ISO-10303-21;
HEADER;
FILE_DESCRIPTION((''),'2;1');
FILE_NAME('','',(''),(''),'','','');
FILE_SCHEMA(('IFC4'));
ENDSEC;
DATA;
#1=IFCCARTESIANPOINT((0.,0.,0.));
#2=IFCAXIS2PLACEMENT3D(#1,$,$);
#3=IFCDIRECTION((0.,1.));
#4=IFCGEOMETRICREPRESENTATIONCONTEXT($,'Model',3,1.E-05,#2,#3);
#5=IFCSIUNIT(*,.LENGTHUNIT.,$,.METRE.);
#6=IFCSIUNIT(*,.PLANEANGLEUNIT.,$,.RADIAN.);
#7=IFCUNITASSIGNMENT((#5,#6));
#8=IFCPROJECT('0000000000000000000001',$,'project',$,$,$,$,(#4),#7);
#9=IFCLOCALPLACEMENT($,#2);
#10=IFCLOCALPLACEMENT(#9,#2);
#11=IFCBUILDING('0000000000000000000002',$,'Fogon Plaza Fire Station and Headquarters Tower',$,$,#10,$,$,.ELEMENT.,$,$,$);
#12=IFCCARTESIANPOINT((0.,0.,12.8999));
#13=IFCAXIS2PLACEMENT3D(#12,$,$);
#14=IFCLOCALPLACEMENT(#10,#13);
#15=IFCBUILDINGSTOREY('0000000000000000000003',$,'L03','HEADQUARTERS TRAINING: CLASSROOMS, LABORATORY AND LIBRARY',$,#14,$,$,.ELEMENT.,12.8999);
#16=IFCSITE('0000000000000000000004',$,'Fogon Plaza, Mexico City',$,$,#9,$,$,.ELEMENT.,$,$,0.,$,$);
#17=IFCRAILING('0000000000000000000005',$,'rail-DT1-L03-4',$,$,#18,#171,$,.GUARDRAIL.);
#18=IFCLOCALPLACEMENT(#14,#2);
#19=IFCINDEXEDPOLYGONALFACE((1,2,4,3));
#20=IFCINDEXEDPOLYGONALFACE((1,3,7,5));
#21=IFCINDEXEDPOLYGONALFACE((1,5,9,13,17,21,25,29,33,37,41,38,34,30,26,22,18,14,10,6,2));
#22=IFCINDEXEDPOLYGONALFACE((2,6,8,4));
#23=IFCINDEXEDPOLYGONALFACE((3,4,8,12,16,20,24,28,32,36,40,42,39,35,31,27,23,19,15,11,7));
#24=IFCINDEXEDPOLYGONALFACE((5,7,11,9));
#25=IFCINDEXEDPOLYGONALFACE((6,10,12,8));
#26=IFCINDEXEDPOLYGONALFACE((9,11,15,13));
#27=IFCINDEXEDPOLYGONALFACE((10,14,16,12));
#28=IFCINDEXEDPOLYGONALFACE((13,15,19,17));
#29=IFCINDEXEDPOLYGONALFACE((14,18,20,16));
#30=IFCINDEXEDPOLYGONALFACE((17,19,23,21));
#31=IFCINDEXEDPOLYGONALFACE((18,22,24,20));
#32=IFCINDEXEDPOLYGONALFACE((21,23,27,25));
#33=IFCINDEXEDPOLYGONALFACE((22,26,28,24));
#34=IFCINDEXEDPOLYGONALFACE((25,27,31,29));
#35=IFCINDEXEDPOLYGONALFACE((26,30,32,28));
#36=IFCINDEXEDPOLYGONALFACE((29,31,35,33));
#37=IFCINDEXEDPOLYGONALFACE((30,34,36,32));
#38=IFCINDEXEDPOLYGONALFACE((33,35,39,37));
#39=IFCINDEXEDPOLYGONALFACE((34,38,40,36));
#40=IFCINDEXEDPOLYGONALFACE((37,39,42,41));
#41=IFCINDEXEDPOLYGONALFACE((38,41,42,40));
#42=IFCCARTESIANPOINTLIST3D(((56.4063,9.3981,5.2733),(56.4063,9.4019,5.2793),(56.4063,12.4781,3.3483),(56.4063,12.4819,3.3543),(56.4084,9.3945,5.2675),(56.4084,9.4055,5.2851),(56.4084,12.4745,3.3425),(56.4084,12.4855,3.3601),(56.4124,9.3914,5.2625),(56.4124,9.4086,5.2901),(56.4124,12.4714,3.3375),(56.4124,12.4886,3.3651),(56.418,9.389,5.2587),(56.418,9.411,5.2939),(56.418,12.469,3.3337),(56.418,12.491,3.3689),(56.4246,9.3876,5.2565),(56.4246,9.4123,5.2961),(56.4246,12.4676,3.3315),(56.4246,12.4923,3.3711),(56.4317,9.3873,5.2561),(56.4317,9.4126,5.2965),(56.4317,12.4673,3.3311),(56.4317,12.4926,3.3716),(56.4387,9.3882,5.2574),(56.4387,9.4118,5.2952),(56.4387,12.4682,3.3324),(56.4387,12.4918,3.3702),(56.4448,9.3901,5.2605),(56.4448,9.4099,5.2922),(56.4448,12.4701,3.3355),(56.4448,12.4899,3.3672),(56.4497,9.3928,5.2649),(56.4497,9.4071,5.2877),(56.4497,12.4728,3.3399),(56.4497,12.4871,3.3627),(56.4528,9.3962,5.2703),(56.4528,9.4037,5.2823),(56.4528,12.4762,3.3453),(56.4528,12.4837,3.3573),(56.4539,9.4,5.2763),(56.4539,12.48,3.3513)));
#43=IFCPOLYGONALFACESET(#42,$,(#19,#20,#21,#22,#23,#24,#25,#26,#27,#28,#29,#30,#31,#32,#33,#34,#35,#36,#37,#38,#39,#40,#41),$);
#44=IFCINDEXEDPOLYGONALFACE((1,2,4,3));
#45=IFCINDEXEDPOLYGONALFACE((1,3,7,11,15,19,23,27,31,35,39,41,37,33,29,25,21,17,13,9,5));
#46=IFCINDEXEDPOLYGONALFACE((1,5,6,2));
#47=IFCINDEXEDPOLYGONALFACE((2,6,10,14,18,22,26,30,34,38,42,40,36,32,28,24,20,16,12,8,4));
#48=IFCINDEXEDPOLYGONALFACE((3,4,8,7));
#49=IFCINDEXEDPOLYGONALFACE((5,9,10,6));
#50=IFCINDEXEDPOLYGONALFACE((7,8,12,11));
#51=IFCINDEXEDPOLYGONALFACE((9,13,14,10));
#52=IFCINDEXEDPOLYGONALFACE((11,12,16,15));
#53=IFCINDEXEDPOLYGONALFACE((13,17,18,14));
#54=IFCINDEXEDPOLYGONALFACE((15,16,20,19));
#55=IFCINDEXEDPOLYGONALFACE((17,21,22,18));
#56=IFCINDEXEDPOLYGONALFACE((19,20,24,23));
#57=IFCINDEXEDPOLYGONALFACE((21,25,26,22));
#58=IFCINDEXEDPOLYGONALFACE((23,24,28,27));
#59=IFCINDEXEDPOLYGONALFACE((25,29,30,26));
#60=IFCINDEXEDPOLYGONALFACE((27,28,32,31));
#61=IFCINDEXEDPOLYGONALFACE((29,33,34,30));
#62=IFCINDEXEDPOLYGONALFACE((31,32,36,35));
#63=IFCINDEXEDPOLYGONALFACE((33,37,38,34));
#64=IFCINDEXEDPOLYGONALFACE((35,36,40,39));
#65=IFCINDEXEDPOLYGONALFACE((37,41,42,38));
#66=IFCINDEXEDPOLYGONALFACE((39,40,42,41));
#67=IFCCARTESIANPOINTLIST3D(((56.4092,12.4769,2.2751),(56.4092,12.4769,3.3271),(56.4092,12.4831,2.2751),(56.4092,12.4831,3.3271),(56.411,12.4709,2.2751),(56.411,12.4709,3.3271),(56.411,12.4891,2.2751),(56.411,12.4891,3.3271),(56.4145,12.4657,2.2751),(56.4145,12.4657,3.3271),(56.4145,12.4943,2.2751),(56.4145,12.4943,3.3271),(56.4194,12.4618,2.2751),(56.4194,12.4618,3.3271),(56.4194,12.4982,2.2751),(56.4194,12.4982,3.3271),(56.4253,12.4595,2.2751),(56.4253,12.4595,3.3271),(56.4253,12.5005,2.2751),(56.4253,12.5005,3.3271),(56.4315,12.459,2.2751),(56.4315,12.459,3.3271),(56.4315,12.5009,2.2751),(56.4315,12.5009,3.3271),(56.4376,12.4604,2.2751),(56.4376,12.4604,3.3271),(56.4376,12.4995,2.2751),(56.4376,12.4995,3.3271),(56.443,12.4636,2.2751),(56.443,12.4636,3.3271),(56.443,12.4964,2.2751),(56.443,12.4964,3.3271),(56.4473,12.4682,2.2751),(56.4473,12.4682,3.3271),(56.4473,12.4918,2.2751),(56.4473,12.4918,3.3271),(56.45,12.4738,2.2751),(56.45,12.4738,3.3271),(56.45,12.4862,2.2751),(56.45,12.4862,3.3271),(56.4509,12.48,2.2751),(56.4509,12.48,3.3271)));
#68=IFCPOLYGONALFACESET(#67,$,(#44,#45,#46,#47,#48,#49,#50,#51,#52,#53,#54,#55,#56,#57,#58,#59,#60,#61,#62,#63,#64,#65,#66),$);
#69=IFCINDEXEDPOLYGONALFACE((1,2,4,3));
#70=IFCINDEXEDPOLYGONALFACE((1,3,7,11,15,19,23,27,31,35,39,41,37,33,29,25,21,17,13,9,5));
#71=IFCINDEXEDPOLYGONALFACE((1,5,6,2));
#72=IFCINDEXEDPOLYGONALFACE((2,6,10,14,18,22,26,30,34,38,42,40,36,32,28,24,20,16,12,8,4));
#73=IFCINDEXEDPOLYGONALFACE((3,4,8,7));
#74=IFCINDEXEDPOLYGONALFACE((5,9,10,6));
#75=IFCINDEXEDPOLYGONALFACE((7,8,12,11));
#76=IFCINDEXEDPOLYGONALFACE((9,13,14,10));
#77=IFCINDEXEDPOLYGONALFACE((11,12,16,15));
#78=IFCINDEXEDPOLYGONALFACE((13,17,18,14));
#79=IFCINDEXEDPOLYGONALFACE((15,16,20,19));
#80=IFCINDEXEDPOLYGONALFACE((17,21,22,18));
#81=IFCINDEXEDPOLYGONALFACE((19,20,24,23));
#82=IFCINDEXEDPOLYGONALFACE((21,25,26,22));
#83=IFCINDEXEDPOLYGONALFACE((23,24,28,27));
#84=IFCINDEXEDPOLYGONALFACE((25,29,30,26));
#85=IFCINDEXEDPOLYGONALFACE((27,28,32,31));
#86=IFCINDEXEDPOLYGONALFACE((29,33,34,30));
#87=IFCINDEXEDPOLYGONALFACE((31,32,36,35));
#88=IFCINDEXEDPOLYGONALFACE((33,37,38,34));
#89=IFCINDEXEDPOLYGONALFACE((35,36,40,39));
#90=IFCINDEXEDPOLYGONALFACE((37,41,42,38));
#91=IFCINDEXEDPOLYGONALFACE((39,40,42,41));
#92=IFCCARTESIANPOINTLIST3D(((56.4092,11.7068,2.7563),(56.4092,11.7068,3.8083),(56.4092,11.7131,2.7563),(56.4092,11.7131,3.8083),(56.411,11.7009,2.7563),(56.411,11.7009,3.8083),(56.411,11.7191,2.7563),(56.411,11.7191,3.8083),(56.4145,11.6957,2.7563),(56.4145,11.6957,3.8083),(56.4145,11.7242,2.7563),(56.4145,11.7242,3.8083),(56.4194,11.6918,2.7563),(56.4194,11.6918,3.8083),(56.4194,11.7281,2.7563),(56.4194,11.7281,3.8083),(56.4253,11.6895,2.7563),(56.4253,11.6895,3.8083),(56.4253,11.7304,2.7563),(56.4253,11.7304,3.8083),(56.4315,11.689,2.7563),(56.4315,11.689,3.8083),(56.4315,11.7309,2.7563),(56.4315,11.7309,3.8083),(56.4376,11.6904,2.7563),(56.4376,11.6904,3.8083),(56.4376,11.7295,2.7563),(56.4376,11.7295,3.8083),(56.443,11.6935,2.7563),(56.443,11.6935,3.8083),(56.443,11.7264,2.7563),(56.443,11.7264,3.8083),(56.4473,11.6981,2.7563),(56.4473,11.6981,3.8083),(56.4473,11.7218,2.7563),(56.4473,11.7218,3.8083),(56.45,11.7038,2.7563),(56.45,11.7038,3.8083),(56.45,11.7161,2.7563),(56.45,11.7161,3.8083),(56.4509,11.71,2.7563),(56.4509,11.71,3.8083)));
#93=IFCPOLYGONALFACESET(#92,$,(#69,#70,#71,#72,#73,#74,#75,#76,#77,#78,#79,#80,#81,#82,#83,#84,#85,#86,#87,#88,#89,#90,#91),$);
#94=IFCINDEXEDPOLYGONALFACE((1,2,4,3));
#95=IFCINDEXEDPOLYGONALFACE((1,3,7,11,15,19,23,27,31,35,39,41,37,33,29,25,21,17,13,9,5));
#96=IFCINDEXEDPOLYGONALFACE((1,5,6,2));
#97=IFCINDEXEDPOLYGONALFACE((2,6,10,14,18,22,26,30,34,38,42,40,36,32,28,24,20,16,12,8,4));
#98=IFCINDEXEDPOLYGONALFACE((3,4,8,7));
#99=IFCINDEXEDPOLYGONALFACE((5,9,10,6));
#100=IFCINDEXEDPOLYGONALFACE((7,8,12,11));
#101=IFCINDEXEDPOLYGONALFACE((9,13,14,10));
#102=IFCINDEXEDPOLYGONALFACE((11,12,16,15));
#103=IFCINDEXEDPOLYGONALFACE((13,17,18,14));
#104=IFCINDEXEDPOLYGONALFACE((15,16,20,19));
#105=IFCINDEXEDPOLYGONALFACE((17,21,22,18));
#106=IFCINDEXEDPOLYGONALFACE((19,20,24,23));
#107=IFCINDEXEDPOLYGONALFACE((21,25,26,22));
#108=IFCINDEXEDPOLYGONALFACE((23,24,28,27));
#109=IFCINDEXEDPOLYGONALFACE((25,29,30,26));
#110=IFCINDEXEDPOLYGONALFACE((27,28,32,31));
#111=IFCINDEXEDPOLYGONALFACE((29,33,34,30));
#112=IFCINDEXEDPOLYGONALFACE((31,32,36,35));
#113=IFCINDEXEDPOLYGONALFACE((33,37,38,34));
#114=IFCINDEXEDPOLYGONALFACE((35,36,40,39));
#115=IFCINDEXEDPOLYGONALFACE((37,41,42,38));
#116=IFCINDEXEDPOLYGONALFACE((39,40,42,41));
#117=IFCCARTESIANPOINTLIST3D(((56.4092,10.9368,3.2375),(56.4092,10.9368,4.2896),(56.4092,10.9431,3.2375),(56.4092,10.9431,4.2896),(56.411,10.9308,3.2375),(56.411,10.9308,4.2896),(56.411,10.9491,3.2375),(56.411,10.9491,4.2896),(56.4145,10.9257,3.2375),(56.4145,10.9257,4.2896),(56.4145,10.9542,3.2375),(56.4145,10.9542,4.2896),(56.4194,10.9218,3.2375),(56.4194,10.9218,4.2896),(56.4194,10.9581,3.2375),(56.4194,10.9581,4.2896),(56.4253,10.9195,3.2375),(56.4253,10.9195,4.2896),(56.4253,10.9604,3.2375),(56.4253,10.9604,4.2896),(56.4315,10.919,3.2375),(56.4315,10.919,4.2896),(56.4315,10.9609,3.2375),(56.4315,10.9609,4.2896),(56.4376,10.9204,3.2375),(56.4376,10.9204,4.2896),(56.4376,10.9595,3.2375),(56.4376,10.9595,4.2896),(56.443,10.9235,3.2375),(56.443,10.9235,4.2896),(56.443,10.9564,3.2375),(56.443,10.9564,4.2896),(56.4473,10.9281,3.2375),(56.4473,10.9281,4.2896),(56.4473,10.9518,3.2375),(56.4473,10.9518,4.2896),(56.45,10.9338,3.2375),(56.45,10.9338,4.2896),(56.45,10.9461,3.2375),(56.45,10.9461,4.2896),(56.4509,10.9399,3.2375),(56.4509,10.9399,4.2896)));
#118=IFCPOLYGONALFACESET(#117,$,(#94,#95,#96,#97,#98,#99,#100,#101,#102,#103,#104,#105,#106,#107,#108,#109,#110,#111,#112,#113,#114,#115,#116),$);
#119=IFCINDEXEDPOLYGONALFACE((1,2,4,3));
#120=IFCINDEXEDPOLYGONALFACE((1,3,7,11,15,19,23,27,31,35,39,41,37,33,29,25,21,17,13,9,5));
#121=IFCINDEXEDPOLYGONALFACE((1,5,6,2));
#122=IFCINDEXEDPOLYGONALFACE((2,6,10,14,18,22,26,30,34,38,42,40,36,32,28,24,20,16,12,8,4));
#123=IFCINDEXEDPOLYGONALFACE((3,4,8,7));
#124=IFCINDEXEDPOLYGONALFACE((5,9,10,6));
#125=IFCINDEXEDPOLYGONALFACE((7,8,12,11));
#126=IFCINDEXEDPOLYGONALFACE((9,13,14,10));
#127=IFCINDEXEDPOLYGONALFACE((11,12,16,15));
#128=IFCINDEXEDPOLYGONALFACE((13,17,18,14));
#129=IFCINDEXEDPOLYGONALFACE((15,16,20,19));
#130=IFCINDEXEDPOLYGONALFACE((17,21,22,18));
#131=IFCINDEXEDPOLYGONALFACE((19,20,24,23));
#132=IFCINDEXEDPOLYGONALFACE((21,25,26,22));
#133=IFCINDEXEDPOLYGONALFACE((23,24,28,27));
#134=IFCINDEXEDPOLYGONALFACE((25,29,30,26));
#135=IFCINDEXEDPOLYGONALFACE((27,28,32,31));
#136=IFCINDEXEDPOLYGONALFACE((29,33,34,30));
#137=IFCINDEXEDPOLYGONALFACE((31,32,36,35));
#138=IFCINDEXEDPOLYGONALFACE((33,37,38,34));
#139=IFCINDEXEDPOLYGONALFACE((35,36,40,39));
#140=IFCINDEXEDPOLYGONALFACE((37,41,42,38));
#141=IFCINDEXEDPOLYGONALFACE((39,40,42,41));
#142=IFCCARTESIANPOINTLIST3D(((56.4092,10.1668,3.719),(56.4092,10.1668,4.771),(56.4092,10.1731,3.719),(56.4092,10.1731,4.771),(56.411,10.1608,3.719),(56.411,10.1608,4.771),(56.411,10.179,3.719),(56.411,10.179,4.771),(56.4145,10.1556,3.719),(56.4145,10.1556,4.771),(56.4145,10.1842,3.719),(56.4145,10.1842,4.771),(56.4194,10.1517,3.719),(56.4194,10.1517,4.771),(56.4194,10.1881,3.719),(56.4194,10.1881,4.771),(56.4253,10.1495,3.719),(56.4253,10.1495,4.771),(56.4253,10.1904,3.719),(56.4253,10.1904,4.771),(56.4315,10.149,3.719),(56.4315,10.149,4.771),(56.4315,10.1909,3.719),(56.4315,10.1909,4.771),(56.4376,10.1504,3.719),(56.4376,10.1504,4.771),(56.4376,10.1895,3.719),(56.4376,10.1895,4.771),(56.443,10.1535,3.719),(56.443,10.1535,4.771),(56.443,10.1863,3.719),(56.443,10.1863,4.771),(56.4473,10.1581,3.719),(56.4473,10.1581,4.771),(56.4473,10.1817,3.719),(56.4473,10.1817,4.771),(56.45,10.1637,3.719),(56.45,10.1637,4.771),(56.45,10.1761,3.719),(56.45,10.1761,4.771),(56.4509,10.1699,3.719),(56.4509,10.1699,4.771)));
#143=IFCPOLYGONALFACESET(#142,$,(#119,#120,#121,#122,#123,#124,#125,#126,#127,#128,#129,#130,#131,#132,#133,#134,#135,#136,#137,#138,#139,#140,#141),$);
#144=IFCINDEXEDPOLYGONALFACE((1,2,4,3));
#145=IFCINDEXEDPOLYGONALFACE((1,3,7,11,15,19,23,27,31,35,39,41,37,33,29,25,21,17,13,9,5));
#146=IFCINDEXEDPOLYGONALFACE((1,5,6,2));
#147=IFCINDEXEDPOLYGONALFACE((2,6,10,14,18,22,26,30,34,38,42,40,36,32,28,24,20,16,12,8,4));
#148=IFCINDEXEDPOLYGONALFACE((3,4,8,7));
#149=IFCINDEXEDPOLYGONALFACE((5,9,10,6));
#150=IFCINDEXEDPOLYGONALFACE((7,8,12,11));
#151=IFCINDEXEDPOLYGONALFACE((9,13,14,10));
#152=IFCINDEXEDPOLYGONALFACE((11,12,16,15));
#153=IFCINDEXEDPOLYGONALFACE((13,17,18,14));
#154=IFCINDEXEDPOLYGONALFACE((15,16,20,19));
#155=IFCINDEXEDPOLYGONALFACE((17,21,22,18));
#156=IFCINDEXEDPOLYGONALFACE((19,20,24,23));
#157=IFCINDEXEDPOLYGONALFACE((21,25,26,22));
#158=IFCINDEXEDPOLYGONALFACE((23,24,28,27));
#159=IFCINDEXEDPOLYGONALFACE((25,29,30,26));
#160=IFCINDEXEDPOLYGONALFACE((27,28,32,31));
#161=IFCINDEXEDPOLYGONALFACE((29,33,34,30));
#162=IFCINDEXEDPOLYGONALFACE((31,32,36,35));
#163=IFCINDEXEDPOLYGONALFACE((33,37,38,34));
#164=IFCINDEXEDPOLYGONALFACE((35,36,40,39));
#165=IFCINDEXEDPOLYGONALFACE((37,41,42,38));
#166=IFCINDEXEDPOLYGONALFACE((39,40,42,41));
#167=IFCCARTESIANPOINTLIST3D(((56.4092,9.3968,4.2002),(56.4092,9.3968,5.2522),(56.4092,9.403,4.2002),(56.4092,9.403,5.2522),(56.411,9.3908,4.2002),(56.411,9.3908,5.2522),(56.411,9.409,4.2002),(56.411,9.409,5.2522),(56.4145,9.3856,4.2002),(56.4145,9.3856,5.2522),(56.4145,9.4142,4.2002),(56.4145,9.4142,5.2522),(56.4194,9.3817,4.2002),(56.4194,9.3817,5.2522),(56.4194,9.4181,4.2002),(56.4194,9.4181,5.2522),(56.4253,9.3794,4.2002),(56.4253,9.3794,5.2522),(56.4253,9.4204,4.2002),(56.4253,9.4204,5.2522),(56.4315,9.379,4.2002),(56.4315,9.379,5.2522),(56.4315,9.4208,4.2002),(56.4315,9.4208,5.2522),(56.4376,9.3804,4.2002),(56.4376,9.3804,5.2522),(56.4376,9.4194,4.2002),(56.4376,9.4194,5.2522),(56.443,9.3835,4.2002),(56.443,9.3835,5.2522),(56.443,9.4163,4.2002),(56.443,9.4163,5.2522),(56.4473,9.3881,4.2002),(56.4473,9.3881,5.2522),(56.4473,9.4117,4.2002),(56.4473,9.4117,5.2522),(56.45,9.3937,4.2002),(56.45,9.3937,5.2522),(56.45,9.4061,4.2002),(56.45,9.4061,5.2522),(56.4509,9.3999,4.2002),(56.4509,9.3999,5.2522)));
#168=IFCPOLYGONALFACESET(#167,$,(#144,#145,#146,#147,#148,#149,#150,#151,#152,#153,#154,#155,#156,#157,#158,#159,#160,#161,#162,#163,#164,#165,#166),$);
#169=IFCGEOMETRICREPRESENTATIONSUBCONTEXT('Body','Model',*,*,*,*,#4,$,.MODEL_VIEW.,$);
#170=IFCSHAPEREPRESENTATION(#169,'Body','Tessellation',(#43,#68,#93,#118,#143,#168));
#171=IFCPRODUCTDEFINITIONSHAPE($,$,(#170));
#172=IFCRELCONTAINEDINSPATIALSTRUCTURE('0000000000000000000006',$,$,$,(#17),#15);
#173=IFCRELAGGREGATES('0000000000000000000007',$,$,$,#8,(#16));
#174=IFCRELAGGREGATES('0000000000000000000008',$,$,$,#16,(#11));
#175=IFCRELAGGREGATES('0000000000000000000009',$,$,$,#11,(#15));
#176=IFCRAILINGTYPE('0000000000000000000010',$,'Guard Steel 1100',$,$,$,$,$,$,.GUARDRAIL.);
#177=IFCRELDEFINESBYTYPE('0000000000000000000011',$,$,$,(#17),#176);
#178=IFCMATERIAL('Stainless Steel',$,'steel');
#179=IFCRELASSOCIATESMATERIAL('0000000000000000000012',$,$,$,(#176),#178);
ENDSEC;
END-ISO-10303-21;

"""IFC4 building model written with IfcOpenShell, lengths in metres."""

from ifc_helpers import new_model, si_unit, direction, frame, origin, origin_2d, place, context, subcontext, project, spatial, circle, extrude, material, type_object, element, save


model = new_model("IFC4")

# Units and contexts
model_context = context("Model", 3, precision=1e-05, world=origin(), true_north=direction((0.0, 1.0)))
body_context = subcontext(model_context, "Body", "Model", "MODEL_VIEW")
ifc_project = project(units=[si_unit("LENGTHUNIT", "METRE"), si_unit("PLANEANGLEUNIT", "RADIAN")], contexts=[model_context])

# Site, building, storey
site_placement = place(None, origin())
site = spatial("IfcSite", under=ifc_project, at=site_placement, Name="Fogon Plaza, Mexico City", CompositionType="ELEMENT", RefElevation=0.0)
building_placement = place(site_placement, origin())
building = spatial("IfcBuilding", under=site, at=building_placement, Name="Fogon Plaza Fire Station and Headquarters Tower", CompositionType="ELEMENT")
storey_placement = place(building_placement, frame((0.0, 0.0, 12.8999)))
storey = spatial("IfcBuildingStorey", under=building, at=storey_placement, Name="L03", Description="HEADQUARTERS TRAINING: CLASSROOMS, LABORATORY AND LIBRARY", CompositionType="ELEMENT", Elevation=12.8999)

# Railing
ifc_material_1 = material(Name="Stainless Steel", Category="steel")
railing_type_1 = type_object("IfcRailingType", Name="Guard Steel 1100", PredefinedType="GUARDRAIL", material=ifc_material_1)
railing_1_placement = place(storey_placement, frame((56.4299, 12.48, 2.2751)))
element("IfcRailing", 1, at=railing_1_placement, inside=storey, type_object=railing_type_1, Name="rail-DT1-L03-4", PredefinedType="GUARDRAIL", context=body_context, shape_type="SweptSolid", body=[
    extrude(circle(Radius=0.0239, at=origin_2d()), frame((0.0, 0.0, 1.0762), z_axis=(0.0, -0.847998, 0.529999), x_axis=(1.0, 0.0, 0.0)), (0.0, 0.0, 1.0), 3.6321),
    extrude(circle(Radius=0.021, at=origin_2d()), origin(), (0.0, 0.0, 1.0), 1.052),
    extrude(circle(Radius=0.021, at=origin_2d()), frame((0.0, -0.77, 0.4812)), (0.0, 0.0, 1.0), 1.052),
    extrude(circle(Radius=0.021, at=origin_2d()), frame((0.0, -1.54, 0.9624)), (0.0, 0.0, 1.0), 1.052),
    extrude(circle(Radius=0.021, at=origin_2d()), frame((0.0, -2.3101, 1.4438)), (0.0, 0.0, 1.0), 1.052),
    extrude(circle(Radius=0.021, at=origin_2d()), frame((0.0, -3.0801, 1.925)), (0.0, 0.0, 1.0), 1.052),
])

save(model, "model.ifc")
